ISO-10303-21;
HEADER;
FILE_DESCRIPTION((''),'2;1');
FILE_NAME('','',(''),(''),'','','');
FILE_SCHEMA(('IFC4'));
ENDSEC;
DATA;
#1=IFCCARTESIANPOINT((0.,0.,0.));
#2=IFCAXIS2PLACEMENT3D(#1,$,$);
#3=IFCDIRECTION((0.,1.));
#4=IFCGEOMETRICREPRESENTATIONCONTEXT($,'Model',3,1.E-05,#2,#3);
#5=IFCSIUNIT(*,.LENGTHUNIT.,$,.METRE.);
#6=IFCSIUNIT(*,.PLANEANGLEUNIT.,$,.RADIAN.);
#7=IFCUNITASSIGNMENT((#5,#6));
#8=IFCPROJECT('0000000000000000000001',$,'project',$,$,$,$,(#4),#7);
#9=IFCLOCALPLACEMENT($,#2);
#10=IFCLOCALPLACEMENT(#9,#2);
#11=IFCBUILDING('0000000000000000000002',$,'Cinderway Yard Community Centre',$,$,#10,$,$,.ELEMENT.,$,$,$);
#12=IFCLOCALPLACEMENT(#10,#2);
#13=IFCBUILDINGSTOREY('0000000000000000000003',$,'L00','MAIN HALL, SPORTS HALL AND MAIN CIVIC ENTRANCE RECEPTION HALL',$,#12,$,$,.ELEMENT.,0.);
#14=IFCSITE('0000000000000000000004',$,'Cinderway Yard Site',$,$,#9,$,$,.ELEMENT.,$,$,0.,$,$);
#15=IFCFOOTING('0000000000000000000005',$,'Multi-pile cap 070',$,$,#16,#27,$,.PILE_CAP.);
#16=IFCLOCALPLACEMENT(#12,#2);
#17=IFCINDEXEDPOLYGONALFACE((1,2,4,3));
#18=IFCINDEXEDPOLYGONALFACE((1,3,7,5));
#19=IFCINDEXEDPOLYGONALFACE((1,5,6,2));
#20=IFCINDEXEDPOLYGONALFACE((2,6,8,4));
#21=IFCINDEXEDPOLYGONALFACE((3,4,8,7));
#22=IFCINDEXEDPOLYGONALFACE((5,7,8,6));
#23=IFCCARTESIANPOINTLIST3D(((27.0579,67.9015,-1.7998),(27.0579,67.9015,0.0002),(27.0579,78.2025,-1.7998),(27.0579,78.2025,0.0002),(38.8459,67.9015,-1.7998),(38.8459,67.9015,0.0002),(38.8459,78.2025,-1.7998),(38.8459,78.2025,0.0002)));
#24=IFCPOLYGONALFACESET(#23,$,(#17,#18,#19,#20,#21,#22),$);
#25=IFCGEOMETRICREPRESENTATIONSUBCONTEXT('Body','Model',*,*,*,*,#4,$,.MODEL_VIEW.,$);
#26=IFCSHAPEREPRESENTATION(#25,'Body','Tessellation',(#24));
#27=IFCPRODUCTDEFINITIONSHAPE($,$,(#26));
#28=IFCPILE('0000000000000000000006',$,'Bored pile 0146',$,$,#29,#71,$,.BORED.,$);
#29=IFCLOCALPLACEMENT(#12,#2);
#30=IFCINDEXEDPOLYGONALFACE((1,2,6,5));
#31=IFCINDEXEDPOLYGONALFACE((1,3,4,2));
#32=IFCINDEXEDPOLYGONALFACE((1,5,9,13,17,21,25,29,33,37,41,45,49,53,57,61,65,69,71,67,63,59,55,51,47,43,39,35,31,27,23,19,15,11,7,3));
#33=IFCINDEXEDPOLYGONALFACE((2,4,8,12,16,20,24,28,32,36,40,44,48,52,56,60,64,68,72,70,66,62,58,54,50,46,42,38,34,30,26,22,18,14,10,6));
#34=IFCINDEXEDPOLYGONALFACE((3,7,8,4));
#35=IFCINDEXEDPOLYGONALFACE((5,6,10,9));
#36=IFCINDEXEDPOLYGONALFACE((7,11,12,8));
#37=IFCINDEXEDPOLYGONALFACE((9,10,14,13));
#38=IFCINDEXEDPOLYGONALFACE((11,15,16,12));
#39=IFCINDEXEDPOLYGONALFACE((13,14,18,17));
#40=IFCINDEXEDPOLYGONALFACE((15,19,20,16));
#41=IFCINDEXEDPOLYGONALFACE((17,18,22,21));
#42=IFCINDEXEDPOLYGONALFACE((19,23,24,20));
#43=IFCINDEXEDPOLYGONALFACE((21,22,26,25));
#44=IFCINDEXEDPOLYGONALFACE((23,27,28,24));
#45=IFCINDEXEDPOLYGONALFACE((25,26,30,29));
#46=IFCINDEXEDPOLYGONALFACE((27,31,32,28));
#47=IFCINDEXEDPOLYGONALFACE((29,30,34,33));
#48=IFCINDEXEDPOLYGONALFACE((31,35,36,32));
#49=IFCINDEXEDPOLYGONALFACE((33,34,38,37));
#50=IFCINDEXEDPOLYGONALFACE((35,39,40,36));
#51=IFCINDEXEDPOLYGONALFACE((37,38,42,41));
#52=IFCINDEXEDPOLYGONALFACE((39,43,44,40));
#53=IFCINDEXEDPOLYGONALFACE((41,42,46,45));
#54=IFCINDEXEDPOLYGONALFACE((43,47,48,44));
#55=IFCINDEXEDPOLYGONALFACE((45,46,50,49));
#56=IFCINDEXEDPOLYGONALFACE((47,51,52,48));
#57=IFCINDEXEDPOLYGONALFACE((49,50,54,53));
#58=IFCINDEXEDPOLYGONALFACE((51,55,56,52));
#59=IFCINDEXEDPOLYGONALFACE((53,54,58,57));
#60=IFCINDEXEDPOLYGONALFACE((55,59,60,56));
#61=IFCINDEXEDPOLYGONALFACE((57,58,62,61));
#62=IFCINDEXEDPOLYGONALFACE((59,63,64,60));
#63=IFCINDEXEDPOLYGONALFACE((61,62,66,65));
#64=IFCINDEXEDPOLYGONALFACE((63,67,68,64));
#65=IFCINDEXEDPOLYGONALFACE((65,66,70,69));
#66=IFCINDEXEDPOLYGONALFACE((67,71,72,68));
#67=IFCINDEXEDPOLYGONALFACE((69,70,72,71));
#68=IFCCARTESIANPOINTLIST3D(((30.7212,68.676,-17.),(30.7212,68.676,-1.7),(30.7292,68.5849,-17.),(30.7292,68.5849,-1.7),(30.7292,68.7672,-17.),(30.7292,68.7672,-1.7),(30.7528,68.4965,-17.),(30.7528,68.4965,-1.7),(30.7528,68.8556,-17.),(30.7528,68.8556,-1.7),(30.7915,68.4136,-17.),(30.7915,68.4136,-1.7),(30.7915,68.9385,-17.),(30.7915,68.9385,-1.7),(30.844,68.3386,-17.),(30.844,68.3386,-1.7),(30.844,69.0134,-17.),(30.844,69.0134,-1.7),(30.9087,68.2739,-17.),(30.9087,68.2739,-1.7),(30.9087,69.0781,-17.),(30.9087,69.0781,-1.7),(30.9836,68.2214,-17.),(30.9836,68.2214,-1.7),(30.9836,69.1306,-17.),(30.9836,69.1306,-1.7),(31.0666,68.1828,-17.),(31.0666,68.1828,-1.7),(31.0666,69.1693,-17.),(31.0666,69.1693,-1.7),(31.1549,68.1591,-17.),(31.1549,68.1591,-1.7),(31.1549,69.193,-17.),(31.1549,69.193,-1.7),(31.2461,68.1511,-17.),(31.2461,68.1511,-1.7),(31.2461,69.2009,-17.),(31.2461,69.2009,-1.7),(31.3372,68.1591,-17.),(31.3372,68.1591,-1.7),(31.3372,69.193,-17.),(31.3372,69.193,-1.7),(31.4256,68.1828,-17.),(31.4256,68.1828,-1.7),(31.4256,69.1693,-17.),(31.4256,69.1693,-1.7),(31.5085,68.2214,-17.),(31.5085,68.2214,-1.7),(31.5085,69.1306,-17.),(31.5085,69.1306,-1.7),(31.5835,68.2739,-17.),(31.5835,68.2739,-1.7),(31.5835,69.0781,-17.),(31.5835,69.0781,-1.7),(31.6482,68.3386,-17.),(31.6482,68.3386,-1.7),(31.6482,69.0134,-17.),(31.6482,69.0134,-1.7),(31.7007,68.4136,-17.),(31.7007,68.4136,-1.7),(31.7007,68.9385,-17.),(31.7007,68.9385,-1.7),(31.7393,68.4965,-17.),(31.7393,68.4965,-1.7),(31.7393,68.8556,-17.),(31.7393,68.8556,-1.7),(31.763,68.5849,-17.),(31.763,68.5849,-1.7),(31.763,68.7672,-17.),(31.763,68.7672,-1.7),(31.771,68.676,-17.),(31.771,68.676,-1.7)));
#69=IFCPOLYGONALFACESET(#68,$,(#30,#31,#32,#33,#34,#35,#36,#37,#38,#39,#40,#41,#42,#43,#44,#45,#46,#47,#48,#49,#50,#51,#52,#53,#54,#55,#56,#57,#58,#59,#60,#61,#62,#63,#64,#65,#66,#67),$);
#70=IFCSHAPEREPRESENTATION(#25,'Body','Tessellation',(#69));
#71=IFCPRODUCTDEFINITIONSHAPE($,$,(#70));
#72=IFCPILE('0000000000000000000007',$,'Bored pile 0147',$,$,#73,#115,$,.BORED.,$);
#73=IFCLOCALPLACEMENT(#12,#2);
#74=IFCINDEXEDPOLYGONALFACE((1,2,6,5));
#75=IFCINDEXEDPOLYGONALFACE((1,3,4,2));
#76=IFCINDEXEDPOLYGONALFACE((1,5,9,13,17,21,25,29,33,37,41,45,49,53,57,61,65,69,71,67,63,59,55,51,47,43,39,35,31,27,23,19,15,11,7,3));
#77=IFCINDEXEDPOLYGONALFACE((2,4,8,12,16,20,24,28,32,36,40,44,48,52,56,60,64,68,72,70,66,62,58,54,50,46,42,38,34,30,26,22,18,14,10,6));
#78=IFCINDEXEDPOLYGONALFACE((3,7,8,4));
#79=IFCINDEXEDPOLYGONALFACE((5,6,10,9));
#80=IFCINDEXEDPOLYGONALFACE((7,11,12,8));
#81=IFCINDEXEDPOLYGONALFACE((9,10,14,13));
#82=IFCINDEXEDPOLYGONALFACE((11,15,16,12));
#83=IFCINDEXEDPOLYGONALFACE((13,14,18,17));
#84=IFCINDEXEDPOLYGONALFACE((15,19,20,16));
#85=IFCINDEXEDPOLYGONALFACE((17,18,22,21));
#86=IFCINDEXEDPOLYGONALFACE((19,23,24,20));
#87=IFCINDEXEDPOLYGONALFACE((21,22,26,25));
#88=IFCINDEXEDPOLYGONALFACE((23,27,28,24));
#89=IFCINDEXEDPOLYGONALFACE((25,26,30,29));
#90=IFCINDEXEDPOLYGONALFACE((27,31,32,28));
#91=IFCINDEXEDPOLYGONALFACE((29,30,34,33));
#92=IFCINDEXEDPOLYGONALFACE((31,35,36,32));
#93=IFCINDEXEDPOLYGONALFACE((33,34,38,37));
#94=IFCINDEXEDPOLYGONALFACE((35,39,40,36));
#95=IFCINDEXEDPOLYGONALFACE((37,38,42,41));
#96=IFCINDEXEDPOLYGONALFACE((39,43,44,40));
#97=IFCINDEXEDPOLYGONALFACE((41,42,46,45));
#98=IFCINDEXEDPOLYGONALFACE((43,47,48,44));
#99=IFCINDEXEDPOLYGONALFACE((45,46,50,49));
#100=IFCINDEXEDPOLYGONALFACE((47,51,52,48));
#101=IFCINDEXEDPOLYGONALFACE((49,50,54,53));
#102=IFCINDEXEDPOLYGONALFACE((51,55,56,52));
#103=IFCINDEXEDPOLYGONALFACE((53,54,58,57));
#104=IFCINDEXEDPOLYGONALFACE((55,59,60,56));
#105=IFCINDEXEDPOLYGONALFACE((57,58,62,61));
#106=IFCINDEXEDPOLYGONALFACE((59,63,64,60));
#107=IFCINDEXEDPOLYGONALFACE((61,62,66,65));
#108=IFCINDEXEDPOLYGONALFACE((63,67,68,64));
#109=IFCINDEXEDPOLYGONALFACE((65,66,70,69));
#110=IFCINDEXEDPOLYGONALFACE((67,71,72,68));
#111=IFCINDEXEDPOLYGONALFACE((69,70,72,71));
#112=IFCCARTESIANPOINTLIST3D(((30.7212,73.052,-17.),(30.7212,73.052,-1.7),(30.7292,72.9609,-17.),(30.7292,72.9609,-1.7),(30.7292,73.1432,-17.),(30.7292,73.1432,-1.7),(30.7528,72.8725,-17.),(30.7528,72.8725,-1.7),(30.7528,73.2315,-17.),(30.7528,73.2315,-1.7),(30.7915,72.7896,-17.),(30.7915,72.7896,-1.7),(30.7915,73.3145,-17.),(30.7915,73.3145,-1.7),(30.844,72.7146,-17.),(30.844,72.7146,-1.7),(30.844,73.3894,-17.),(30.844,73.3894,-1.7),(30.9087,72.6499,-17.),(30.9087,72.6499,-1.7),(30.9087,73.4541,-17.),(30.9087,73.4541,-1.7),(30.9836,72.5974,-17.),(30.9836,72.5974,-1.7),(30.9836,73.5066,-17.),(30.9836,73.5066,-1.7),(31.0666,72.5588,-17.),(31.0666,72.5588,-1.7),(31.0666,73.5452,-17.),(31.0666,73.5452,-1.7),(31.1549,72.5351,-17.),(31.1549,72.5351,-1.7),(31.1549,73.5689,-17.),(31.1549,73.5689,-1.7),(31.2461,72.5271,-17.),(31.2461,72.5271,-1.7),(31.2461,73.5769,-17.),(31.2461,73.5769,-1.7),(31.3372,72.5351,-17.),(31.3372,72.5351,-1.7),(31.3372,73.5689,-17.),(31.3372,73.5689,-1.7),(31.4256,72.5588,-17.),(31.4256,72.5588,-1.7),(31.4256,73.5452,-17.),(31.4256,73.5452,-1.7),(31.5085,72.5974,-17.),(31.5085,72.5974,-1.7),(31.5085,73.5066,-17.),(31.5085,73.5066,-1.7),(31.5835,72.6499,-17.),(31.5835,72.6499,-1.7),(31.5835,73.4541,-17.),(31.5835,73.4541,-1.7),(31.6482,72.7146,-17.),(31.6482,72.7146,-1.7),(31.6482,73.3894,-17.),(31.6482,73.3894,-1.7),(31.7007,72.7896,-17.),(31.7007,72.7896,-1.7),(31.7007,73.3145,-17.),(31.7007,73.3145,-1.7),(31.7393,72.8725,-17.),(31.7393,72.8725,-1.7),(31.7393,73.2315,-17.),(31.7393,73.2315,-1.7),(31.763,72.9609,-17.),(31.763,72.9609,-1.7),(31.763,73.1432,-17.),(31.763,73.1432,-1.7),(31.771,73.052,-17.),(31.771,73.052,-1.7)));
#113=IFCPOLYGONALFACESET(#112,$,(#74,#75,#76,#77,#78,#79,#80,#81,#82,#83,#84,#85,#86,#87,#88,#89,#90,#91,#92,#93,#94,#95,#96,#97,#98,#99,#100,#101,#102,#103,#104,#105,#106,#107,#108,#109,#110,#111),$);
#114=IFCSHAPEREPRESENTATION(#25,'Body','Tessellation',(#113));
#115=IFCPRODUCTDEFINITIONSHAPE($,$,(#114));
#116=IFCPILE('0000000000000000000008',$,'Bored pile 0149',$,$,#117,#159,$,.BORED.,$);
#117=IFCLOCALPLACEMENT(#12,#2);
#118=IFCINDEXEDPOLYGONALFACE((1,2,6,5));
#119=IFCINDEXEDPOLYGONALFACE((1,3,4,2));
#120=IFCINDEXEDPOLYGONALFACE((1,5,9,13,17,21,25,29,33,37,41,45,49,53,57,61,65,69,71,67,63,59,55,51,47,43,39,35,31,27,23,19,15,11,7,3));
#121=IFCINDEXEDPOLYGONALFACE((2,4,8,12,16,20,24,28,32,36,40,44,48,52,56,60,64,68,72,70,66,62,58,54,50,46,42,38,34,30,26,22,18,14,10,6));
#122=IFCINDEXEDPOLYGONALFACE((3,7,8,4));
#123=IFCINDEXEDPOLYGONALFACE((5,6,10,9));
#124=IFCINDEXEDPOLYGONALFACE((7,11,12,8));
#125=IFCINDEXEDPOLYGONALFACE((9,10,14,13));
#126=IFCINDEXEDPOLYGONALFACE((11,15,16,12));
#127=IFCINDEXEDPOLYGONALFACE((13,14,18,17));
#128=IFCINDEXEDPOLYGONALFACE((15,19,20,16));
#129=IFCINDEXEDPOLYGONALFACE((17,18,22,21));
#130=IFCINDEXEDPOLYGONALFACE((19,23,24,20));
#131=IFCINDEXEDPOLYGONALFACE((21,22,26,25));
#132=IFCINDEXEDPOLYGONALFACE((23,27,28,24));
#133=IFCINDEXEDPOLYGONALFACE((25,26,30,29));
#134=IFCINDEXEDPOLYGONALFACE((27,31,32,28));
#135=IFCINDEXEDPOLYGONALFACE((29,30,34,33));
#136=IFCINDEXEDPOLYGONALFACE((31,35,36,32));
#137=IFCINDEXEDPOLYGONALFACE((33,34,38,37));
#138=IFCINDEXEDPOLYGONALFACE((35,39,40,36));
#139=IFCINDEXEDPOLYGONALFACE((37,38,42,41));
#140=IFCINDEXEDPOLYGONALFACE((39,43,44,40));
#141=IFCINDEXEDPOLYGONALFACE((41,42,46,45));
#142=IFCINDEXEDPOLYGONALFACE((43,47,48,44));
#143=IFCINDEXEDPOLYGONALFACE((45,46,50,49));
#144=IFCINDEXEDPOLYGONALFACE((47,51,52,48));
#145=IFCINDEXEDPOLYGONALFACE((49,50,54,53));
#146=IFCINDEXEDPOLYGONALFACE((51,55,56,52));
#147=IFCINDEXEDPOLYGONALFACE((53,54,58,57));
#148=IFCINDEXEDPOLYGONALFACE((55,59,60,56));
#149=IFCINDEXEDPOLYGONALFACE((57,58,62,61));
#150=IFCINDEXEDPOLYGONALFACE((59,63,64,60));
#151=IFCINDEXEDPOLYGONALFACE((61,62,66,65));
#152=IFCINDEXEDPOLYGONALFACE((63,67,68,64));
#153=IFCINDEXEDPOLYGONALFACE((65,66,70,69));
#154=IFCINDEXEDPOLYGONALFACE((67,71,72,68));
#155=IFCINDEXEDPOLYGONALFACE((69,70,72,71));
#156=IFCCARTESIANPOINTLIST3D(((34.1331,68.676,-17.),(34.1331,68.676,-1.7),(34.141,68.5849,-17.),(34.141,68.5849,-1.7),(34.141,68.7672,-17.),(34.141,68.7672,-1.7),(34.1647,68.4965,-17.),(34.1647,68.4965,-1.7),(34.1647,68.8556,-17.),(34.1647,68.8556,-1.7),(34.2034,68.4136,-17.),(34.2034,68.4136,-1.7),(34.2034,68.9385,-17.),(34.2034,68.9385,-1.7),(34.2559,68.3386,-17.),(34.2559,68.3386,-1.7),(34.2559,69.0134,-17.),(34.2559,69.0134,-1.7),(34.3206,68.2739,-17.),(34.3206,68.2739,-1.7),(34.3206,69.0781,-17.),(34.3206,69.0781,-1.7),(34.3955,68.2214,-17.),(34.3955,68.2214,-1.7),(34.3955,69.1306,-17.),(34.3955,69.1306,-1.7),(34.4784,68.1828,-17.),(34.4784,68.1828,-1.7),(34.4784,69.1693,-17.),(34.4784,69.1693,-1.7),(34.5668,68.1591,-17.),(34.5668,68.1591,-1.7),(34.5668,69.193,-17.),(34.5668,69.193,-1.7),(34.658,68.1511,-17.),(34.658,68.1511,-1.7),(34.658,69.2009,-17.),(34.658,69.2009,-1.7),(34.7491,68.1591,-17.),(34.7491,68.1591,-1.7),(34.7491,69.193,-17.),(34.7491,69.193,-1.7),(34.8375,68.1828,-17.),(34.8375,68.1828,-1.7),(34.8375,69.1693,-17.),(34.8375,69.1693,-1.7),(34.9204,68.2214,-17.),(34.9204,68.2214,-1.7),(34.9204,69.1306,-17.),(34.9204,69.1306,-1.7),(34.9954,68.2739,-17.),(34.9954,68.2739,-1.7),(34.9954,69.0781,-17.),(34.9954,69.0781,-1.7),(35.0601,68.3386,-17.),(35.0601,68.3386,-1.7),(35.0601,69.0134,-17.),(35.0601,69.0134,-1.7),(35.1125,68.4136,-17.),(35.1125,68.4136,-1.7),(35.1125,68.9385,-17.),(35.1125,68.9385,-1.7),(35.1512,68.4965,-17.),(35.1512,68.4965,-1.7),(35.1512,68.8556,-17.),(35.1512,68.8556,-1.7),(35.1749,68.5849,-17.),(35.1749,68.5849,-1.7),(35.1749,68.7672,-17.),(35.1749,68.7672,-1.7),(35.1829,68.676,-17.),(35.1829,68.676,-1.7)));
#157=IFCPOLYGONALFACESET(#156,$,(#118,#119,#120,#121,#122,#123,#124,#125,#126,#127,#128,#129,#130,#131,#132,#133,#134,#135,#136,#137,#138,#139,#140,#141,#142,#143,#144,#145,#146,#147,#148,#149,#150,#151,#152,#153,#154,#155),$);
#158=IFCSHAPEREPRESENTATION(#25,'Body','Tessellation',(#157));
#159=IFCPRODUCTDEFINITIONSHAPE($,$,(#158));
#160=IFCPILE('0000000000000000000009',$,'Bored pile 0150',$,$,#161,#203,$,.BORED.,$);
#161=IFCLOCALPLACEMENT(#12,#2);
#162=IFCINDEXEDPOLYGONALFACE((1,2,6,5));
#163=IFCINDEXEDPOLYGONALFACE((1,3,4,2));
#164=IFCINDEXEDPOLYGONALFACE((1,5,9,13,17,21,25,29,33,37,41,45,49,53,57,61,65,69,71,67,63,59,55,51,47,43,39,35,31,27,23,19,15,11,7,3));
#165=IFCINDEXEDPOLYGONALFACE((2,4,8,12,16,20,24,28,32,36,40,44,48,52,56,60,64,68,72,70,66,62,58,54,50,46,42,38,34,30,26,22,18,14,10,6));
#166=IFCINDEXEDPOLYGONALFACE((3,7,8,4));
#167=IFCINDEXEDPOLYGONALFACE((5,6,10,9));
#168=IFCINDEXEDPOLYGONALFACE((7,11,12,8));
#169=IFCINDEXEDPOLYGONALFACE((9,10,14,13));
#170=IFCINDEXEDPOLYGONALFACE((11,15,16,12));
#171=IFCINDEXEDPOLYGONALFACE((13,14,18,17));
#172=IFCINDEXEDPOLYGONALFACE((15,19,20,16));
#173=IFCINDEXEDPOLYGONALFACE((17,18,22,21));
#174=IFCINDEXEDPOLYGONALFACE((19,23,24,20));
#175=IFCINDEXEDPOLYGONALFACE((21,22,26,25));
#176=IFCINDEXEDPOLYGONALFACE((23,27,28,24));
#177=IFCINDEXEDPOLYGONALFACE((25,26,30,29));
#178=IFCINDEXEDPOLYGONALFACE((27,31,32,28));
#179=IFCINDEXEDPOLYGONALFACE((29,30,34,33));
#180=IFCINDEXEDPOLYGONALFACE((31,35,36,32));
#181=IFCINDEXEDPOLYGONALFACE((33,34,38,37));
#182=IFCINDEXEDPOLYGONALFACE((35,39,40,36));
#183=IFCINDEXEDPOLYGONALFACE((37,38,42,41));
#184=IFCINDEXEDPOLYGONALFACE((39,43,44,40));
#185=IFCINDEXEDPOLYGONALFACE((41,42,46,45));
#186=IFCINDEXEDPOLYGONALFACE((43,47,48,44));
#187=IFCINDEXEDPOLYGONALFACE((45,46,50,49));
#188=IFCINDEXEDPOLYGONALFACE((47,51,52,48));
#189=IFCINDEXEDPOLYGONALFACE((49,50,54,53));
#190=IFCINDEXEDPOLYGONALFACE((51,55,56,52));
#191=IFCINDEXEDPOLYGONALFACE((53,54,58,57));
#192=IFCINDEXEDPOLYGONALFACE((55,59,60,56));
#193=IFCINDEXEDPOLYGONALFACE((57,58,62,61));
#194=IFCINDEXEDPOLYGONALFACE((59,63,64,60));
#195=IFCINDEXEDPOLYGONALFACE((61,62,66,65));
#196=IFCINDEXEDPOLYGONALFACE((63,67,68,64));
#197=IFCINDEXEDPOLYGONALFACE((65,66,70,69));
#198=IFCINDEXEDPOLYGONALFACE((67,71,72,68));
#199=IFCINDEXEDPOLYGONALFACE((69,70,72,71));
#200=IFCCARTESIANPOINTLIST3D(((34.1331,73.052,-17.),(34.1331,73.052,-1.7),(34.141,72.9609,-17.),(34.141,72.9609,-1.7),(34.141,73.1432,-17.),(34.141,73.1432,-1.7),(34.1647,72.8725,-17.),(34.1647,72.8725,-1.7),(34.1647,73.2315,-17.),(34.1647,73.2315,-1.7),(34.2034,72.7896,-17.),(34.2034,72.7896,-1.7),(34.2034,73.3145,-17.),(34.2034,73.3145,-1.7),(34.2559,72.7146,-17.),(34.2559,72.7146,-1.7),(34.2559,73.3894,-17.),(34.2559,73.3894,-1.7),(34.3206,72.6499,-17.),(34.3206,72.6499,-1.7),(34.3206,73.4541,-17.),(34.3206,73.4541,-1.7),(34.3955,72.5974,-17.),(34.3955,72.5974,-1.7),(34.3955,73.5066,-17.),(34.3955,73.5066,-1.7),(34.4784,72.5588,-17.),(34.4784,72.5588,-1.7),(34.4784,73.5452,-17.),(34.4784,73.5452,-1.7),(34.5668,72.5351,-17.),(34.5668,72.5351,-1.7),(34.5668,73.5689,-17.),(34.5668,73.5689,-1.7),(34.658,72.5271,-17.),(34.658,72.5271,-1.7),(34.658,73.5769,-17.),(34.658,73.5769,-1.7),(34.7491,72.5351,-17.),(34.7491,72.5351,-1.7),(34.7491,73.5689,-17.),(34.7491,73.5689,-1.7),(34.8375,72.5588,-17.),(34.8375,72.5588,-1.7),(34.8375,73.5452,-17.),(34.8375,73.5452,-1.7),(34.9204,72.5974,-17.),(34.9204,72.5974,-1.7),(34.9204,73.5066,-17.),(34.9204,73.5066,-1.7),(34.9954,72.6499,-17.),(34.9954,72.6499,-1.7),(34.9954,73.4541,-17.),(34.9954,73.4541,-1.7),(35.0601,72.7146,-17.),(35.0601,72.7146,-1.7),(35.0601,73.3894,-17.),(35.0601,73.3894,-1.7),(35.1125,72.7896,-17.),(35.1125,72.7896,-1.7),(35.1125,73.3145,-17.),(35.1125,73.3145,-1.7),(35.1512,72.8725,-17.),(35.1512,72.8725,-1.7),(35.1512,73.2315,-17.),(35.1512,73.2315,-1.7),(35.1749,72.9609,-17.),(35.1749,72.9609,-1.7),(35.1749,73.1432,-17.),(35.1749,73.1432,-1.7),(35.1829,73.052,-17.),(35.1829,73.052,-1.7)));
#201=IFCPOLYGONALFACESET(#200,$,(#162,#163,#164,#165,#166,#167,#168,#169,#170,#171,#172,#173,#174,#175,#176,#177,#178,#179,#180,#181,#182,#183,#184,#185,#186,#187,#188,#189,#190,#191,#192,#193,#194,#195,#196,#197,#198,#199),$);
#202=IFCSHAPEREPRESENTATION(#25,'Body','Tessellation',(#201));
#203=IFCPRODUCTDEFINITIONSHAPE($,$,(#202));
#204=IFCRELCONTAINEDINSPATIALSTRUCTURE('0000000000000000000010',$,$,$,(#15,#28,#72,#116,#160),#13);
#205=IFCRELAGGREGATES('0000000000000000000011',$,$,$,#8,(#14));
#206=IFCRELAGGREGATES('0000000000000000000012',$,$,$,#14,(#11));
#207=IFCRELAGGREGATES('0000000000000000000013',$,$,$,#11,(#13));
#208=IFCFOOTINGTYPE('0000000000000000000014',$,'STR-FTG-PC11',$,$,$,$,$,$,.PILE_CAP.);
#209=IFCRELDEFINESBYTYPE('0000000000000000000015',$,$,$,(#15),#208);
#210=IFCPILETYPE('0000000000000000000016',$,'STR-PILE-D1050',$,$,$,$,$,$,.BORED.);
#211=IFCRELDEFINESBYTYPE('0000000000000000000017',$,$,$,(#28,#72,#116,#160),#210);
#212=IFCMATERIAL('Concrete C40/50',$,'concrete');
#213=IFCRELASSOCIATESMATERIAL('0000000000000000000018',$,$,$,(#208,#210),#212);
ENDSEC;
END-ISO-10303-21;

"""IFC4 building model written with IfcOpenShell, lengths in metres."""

from ifc_helpers import new_model, si_unit, direction, frame, origin, origin_2d, place, context, subcontext, project, spatial, rectangle, circle, extrude, material, material_profile, profile_set, type_object, element, save


model = new_model("IFC4")

# Units and contexts
model_context = context("Model", 3, precision=1e-05, world=origin(), true_north=direction((0.0, 1.0)))
body_context = subcontext(model_context, "Body", "Model", "MODEL_VIEW")
ifc_project = project(units=[si_unit("LENGTHUNIT", "METRE"), si_unit("PLANEANGLEUNIT", "RADIAN")], contexts=[model_context])

# Site, building, storey
site_placement = place(None, origin())
site = spatial("IfcSite", under=ifc_project, at=site_placement, Name="Cinderway Yard Site", CompositionType="ELEMENT", RefElevation=0.0)
building_placement = place(site_placement, origin())
building = spatial("IfcBuilding", under=site, at=building_placement, Name="Cinderway Yard Community Centre", CompositionType="ELEMENT")
storey_placement = place(building_placement, origin())
storey = spatial("IfcBuildingStorey", under=building, at=storey_placement, Name="L00", Description="MAIN HALL, SPORTS HALL AND MAIN CIVIC ENTRANCE RECEPTION HALL", CompositionType="ELEMENT", Elevation=0.0)

# Footing
ifc_material_1 = material(Name="Concrete C40/50", Category="concrete")
footing_type = type_object("IfcFootingType", Name="STR-FTG-PC11", PredefinedType="PILE_CAP", material=ifc_material_1)
footing_placement = place(storey_placement, frame((32.9519, 73.052, -1.7998), z_axis=(0.0, 0.0, 1.0), x_axis=(1.0, 0.0, 0.0)))
element("IfcFooting", 1, at=footing_placement, inside=storey, type_object=footing_type, Name="Multi-pile cap 070", PredefinedType="PILE_CAP", context=body_context, shape_type="SweptSolid", body=[
    extrude(rectangle(XDim=11.7881, YDim=10.301, at=origin_2d()), origin(), (0.0, 0.0, 1.0), 1.8),
])

# Piles
ifc_material_profile_1 = material_profile(ifc_material_1, circle(Radius=0.5249, at=origin_2d()), Name="Concrete C40/50")
ifc_profile_set_1 = profile_set([ifc_material_profile_1], Name="Concrete C40/50")
pile_type = type_object("IfcPileType", Name="STR-PILE-D1050", PredefinedType="BORED", material=ifc_profile_set_1)
for number, where, z_axis, x_axis, name in (
    (2, (31.2461, 68.676, -1.7), (0.0, 0.0, -1.0), (1.0, 0.0, 0.0), "Bored pile 0146"),
    (3, (31.2461, 73.052, -1.7), (0.0, 0.0, -1.0), (1.0, 0.0, 0.0), "Bored pile 0147"),
    (4, (34.658, 68.676, -1.7), (0.0, 0.0, -1.0), (1.0, 0.0, 0.0), "Bored pile 0149"),
    (5, (34.658, 73.052, -1.7), (0.0, 0.0, -1.0), (1.0, 0.0, 0.0), "Bored pile 0150"),
):
    element("IfcPile", number, at=place(storey_placement, frame(where, z_axis=z_axis, x_axis=x_axis)), inside=storey, type_object=pile_type, Name=name, PredefinedType="BORED", context=body_context, shape_type="SweptSolid", body=[
        extrude(circle(Radius=0.5249, at=origin_2d()), origin(), (0.0, 0.0, 1.0), 15.3),
    ])

save(model, "model.ifc")
